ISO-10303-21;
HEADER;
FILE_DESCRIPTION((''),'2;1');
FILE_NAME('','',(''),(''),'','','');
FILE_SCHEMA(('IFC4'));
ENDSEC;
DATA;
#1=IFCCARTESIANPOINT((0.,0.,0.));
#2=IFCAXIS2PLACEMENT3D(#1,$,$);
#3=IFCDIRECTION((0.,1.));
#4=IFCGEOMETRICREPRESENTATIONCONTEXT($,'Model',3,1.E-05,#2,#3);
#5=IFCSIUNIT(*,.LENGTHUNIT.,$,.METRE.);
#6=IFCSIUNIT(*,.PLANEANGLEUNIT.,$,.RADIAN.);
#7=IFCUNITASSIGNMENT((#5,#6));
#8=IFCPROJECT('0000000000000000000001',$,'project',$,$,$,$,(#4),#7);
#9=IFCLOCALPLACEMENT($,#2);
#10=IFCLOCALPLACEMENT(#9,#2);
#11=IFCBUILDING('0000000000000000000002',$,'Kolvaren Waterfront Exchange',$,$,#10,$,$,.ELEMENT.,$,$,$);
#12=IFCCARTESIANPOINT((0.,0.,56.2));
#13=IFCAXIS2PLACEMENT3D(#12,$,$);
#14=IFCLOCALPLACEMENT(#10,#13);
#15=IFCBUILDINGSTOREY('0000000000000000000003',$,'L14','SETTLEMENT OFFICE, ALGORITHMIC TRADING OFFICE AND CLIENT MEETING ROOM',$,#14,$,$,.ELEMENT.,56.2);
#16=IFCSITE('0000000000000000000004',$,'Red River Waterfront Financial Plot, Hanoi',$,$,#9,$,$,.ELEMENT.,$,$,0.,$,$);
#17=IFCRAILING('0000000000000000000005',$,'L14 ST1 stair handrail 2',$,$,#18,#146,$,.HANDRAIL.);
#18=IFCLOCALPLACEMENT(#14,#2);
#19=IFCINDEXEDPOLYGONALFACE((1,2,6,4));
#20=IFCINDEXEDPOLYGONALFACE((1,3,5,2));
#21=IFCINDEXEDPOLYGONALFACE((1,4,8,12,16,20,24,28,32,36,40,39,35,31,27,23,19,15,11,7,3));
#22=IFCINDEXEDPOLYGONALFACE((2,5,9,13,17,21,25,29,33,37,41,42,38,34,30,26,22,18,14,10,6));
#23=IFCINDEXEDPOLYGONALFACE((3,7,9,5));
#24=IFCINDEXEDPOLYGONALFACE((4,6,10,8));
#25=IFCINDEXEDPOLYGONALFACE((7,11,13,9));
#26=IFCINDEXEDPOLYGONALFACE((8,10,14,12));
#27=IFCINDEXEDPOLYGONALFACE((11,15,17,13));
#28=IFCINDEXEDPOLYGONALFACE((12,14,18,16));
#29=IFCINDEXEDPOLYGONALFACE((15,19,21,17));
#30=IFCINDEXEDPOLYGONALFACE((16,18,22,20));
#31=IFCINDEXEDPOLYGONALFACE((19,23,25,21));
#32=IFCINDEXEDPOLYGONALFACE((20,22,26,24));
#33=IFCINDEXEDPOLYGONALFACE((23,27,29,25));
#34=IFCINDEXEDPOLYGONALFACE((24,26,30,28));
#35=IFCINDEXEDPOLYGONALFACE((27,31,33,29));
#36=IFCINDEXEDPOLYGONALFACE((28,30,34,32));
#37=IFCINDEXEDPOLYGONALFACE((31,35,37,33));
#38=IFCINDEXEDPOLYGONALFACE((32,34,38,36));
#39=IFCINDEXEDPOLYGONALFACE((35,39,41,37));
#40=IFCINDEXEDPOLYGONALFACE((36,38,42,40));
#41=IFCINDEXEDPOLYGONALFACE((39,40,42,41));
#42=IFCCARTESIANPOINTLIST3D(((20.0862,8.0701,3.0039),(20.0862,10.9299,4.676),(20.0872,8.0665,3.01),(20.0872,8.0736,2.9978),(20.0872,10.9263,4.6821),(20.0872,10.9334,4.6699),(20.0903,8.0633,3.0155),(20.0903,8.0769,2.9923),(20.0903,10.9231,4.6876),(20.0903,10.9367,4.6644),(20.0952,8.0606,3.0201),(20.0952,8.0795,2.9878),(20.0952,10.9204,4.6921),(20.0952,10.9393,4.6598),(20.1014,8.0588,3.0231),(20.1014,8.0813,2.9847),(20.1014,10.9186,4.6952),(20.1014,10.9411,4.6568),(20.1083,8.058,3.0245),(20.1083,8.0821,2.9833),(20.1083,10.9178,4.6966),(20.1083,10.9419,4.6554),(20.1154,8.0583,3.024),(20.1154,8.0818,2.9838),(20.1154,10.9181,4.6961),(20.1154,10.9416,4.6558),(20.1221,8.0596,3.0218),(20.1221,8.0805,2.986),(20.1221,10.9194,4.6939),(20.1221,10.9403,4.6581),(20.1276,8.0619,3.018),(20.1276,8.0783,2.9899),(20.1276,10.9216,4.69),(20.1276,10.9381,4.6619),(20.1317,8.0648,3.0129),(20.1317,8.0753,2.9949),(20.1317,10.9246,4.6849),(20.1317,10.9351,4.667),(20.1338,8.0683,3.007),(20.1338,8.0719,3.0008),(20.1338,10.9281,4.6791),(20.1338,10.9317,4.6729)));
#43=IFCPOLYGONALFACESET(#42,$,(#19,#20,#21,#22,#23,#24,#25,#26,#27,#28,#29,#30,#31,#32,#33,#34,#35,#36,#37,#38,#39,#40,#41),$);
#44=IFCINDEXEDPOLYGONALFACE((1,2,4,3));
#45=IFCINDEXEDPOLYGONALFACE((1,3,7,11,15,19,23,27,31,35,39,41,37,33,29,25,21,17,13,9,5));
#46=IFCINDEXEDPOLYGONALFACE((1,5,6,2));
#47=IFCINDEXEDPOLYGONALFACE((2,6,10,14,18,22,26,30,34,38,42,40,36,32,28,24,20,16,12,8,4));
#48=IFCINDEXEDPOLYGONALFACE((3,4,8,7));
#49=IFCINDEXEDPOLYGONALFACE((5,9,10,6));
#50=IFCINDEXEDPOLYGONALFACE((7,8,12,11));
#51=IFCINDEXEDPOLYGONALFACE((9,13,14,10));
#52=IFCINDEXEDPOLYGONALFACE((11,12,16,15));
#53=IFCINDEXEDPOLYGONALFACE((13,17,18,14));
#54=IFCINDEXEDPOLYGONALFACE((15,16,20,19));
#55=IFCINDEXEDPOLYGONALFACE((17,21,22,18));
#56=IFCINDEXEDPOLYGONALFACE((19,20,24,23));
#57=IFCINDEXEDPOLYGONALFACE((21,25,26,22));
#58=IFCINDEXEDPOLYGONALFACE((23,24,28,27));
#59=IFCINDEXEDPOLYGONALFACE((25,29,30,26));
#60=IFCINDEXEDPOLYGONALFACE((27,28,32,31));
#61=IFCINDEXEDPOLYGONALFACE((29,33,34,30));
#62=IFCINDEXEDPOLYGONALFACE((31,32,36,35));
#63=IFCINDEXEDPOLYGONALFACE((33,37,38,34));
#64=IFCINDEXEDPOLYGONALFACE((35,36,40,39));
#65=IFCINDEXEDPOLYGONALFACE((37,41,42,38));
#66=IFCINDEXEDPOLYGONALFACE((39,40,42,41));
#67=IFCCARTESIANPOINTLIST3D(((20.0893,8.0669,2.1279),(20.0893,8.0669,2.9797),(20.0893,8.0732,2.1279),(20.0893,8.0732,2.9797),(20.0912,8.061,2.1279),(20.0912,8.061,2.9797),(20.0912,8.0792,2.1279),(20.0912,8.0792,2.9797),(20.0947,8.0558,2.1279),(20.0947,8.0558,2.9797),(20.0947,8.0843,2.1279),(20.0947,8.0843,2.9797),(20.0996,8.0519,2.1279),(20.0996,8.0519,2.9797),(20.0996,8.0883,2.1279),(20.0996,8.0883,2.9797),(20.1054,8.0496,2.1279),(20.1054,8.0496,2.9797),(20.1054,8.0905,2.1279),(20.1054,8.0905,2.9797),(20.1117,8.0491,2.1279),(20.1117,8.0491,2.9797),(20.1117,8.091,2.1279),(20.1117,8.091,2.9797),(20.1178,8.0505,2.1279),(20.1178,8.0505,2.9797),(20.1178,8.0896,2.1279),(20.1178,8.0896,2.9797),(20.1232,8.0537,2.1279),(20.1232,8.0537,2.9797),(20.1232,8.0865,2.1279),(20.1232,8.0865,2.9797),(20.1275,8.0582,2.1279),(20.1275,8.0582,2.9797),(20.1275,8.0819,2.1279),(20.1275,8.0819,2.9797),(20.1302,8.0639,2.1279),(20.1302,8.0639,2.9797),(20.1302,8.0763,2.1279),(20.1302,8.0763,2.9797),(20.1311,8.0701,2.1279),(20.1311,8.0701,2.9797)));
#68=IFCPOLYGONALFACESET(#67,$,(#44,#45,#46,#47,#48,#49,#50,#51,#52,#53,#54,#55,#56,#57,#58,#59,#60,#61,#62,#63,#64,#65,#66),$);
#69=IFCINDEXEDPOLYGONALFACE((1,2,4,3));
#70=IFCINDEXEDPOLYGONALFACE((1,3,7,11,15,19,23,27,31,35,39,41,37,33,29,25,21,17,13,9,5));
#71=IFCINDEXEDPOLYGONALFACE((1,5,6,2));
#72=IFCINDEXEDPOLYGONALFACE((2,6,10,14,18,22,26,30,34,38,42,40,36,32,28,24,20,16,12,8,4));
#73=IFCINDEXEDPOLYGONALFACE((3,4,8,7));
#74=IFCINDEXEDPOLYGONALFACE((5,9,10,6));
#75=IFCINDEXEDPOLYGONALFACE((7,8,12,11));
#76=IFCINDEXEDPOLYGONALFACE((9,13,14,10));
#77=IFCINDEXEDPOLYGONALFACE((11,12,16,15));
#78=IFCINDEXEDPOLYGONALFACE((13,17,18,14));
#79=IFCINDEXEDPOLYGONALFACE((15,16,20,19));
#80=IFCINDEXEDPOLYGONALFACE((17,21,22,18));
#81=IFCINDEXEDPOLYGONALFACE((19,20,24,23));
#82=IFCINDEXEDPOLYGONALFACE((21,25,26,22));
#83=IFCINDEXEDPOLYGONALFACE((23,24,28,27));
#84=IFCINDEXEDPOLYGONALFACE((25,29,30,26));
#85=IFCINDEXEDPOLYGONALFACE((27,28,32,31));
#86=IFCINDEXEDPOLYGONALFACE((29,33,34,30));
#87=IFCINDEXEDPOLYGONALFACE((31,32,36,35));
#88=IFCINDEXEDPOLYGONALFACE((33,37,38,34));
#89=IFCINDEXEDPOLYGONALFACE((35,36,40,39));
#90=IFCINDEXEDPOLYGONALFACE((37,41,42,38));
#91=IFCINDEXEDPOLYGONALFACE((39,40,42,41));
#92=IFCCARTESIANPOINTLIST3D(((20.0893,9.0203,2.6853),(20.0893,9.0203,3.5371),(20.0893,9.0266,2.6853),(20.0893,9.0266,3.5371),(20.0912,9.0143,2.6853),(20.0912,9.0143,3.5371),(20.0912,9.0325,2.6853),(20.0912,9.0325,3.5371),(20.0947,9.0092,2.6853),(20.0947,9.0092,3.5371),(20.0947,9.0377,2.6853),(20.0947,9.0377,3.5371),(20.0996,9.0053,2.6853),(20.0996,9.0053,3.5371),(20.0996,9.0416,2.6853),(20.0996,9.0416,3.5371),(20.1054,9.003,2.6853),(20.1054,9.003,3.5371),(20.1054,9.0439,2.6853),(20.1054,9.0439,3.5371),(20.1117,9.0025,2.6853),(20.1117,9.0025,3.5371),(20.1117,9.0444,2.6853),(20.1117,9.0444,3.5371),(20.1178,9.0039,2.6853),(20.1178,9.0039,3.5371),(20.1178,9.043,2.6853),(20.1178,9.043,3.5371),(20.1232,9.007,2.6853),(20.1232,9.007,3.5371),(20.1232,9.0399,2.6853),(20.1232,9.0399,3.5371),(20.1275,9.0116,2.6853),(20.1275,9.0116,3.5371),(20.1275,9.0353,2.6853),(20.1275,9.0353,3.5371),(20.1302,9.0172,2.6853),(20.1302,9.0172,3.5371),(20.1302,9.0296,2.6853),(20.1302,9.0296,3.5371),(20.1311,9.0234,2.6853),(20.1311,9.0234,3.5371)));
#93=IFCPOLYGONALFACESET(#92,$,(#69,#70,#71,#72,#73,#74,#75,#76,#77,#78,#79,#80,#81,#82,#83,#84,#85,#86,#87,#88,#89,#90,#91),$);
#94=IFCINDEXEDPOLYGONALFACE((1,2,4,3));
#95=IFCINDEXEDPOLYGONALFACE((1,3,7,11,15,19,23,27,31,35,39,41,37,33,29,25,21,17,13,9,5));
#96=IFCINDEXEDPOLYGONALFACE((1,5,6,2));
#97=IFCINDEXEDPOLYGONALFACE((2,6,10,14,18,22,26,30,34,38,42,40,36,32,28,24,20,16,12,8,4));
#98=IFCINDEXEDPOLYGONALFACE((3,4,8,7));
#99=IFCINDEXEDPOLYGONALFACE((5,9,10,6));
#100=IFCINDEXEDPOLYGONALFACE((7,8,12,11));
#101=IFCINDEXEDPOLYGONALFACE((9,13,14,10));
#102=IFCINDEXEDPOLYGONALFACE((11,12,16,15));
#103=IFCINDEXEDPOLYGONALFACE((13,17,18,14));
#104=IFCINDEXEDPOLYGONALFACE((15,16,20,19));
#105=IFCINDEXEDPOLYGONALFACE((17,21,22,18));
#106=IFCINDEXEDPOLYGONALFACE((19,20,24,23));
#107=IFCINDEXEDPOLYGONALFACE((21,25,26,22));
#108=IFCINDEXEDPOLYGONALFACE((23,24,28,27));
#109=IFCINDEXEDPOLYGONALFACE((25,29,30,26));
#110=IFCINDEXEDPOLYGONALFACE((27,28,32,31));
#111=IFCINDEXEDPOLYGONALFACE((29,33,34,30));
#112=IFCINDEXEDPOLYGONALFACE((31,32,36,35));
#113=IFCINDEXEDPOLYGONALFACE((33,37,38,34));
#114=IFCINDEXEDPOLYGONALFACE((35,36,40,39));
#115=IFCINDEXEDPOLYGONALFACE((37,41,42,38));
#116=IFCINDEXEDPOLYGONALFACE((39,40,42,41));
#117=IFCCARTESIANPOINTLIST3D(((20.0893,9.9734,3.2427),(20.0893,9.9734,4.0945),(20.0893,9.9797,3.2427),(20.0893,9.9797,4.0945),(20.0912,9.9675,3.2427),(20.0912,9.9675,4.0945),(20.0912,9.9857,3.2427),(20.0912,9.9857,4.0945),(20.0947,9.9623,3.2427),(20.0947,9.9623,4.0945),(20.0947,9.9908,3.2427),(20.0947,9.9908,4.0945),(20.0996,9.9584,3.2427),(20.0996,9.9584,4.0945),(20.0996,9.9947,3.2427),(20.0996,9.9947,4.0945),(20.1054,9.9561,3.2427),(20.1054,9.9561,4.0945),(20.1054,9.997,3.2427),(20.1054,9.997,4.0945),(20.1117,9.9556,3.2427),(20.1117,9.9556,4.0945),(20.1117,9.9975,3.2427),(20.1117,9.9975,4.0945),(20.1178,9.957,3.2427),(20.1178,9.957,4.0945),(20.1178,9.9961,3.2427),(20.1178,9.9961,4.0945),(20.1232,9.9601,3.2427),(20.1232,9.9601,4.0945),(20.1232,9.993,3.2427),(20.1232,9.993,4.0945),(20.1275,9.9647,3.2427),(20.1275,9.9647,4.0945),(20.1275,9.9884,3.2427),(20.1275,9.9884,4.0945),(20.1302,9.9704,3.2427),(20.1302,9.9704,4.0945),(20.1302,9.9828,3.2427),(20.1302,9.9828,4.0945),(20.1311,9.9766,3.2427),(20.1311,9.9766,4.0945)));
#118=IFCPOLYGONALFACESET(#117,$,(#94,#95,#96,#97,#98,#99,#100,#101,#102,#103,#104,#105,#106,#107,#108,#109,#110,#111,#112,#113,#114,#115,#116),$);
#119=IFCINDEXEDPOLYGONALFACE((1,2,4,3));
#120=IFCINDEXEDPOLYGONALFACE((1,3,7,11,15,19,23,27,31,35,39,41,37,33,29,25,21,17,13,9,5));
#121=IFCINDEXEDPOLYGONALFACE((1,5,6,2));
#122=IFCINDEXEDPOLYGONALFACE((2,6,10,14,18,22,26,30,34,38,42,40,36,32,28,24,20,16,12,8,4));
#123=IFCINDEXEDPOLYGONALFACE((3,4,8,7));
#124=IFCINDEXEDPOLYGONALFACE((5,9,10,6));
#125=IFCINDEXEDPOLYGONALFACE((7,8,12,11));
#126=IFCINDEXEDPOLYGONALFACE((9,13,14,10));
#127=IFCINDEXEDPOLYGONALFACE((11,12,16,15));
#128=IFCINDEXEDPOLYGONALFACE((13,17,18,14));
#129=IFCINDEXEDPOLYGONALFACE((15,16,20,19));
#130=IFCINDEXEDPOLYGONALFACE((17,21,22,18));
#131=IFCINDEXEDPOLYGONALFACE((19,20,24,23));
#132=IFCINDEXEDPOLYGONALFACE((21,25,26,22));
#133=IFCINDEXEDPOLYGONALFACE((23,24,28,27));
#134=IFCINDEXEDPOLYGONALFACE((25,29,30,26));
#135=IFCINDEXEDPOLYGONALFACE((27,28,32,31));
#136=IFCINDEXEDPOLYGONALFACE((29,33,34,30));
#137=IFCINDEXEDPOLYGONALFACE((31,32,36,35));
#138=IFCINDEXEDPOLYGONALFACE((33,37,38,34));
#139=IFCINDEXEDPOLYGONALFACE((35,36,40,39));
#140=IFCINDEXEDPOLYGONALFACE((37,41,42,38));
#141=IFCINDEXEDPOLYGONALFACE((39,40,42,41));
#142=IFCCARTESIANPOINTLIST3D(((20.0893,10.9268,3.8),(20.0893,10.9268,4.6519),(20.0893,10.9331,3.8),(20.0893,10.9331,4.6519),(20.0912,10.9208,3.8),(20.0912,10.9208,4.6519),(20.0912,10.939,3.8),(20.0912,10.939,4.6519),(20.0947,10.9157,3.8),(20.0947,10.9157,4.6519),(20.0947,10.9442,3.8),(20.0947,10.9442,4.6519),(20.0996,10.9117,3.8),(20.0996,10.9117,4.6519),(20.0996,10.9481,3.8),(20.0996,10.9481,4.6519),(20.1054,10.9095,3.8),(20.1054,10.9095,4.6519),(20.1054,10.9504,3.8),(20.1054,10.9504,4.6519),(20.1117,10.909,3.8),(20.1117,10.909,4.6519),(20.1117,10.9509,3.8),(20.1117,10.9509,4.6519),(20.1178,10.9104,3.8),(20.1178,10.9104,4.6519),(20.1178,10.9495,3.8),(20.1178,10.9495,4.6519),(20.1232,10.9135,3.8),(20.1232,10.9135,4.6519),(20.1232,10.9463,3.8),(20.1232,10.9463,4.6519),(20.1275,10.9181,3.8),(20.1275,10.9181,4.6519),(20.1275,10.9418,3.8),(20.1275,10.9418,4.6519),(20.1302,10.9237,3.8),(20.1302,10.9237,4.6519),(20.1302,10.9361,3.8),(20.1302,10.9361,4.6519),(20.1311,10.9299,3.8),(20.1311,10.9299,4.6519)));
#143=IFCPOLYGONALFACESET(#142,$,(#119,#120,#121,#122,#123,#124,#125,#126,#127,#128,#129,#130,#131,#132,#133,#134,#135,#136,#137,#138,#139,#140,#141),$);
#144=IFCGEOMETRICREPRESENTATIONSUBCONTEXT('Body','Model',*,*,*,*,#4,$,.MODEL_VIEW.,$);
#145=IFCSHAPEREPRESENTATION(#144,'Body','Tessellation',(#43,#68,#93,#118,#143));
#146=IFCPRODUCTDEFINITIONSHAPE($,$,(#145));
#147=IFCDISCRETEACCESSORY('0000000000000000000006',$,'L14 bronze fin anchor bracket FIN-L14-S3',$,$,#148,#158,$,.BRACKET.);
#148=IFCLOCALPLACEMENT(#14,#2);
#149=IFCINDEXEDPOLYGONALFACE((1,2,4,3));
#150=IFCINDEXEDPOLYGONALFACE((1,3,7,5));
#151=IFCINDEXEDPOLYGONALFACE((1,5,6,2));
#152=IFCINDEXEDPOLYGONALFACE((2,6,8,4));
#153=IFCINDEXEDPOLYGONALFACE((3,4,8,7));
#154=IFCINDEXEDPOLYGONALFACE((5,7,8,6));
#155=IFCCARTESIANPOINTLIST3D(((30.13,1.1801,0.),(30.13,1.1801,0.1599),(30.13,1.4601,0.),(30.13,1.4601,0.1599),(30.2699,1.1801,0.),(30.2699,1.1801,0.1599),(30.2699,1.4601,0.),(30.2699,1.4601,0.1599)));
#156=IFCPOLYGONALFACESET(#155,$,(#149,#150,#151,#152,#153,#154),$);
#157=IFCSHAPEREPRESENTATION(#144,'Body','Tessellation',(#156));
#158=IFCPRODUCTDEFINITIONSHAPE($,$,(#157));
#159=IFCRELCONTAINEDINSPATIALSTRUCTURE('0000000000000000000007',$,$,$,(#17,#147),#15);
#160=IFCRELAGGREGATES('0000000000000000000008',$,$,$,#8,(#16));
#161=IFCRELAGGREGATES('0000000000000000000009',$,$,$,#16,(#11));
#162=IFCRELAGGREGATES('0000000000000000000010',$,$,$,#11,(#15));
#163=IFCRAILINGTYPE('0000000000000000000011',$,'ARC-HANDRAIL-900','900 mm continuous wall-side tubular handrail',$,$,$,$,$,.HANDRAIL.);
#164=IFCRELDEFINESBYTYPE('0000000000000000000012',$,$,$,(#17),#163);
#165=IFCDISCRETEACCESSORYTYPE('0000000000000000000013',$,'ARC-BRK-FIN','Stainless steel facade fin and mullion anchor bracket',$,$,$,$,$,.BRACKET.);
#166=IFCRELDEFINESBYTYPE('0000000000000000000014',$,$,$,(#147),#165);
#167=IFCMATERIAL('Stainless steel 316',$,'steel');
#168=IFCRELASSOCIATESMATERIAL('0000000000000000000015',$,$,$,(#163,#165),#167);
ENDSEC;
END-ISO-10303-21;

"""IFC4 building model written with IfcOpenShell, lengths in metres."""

from ifc_helpers import new_model, si_unit, direction, frame, origin, origin_with_axes, origin_2d, place, context, subcontext, project, spatial, rectangle, circle, extrude, source, transform, mapped, material, type_object, element, save


model = new_model("IFC4")

# Units and contexts
model_context = context("Model", 3, precision=1e-05, world=origin(), true_north=direction((0.0, 1.0)))
body_context = subcontext(model_context, "Body", "Model", "MODEL_VIEW")
ifc_project = project(units=[si_unit("LENGTHUNIT", "METRE"), si_unit("PLANEANGLEUNIT", "RADIAN")], contexts=[model_context])

# Site, building, storey
site_placement = place(None, origin())
site = spatial("IfcSite", under=ifc_project, at=site_placement, Name="Red River Waterfront Financial Plot, Hanoi", CompositionType="ELEMENT", RefElevation=0.0)
building_placement = place(site_placement, origin())
building = spatial("IfcBuilding", under=site, at=building_placement, Name="Kolvaren Waterfront Exchange", CompositionType="ELEMENT")
storey_placement = place(building_placement, frame((0.0, 0.0, 56.2)))
storey = spatial("IfcBuildingStorey", under=building, at=storey_placement, Name="L14", Description="SETTLEMENT OFFICE, ALGORITHMIC TRADING OFFICE AND CLIENT MEETING ROOM", CompositionType="ELEMENT", Elevation=56.2)

# Railing
ifc_material_1 = material(Name="Stainless steel 316", Category="steel")
railing_type_1 = type_object("IfcRailingType", Name="ARC-HANDRAIL-900", Description="900 mm continuous wall-side tubular handrail", PredefinedType="HANDRAIL", material=ifc_material_1)
railing_1_placement = place(storey_placement, frame((20.1101, 8.0701, 2.1279)))
element("IfcRailing", 1, at=railing_1_placement, inside=storey, type_object=railing_type_1, Name="L14 ST1 stair handrail 2", PredefinedType="HANDRAIL", context=body_context, shape_type="SweptSolid", body=[
    extrude(circle(Radius=0.0239, at=origin_2d()), frame((0.0, 0.0, 0.876), z_axis=(0.0, 0.863271, 0.504741), x_axis=(-1.0, 0.0, 0.0)), (0.0, 0.0, 1.0), 3.3127),
    extrude(circle(Radius=0.021, at=origin_2d()), origin(), (0.0, 0.0, 1.0), 0.8518),
    extrude(circle(Radius=0.021, at=origin_2d()), frame((0.0, 0.9534, 0.5574)), (0.0, 0.0, 1.0), 0.8518),
    extrude(circle(Radius=0.021, at=origin_2d()), frame((0.0, 1.9065, 1.1147)), (0.0, 0.0, 1.0), 0.8518),
    extrude(circle(Radius=0.021, at=origin_2d()), frame((0.0, 2.8599, 1.6721)), (0.0, 0.0, 1.0), 0.8518),
])

# Discrete accessory
discrete_accessory_type = type_object("IfcDiscreteAccessoryType", Name="ARC-BRK-FIN", Description="Stainless steel facade fin and mullion anchor bracket", PredefinedType="BRACKET", material=ifc_material_1)
shared_shape_1 = source(origin_with_axes(), body_context, "Body", "SweptSolid", [
    extrude(rectangle(XDim=0.28, YDim=0.1399, at=origin_2d()), origin(), (0.0, 0.0, 1.0), 0.1599),
])
discrete_accessory_placement = place(storey_placement, frame((30.2, 1.3201, 0.0), z_axis=(0.0, 0.0, 1.0), x_axis=(0.0, -1.0, 0.0)))
element("IfcDiscreteAccessory", 2, at=discrete_accessory_placement, inside=storey, type_object=discrete_accessory_type, Name="L14 bronze fin anchor bracket FIN-L14-S3", PredefinedType="BRACKET", context=body_context, shape_type="MappedRepresentation", body=[
    mapped(shared_shape_1, transform((0.0, 0.0, 0.0), x_axis=(1.0, 0.0, 0.0), y_axis=(0.0, 1.0, 0.0), z_axis=(0.0, 0.0, 1.0), scale=1.0)),
])

save(model, "model.ifc")
